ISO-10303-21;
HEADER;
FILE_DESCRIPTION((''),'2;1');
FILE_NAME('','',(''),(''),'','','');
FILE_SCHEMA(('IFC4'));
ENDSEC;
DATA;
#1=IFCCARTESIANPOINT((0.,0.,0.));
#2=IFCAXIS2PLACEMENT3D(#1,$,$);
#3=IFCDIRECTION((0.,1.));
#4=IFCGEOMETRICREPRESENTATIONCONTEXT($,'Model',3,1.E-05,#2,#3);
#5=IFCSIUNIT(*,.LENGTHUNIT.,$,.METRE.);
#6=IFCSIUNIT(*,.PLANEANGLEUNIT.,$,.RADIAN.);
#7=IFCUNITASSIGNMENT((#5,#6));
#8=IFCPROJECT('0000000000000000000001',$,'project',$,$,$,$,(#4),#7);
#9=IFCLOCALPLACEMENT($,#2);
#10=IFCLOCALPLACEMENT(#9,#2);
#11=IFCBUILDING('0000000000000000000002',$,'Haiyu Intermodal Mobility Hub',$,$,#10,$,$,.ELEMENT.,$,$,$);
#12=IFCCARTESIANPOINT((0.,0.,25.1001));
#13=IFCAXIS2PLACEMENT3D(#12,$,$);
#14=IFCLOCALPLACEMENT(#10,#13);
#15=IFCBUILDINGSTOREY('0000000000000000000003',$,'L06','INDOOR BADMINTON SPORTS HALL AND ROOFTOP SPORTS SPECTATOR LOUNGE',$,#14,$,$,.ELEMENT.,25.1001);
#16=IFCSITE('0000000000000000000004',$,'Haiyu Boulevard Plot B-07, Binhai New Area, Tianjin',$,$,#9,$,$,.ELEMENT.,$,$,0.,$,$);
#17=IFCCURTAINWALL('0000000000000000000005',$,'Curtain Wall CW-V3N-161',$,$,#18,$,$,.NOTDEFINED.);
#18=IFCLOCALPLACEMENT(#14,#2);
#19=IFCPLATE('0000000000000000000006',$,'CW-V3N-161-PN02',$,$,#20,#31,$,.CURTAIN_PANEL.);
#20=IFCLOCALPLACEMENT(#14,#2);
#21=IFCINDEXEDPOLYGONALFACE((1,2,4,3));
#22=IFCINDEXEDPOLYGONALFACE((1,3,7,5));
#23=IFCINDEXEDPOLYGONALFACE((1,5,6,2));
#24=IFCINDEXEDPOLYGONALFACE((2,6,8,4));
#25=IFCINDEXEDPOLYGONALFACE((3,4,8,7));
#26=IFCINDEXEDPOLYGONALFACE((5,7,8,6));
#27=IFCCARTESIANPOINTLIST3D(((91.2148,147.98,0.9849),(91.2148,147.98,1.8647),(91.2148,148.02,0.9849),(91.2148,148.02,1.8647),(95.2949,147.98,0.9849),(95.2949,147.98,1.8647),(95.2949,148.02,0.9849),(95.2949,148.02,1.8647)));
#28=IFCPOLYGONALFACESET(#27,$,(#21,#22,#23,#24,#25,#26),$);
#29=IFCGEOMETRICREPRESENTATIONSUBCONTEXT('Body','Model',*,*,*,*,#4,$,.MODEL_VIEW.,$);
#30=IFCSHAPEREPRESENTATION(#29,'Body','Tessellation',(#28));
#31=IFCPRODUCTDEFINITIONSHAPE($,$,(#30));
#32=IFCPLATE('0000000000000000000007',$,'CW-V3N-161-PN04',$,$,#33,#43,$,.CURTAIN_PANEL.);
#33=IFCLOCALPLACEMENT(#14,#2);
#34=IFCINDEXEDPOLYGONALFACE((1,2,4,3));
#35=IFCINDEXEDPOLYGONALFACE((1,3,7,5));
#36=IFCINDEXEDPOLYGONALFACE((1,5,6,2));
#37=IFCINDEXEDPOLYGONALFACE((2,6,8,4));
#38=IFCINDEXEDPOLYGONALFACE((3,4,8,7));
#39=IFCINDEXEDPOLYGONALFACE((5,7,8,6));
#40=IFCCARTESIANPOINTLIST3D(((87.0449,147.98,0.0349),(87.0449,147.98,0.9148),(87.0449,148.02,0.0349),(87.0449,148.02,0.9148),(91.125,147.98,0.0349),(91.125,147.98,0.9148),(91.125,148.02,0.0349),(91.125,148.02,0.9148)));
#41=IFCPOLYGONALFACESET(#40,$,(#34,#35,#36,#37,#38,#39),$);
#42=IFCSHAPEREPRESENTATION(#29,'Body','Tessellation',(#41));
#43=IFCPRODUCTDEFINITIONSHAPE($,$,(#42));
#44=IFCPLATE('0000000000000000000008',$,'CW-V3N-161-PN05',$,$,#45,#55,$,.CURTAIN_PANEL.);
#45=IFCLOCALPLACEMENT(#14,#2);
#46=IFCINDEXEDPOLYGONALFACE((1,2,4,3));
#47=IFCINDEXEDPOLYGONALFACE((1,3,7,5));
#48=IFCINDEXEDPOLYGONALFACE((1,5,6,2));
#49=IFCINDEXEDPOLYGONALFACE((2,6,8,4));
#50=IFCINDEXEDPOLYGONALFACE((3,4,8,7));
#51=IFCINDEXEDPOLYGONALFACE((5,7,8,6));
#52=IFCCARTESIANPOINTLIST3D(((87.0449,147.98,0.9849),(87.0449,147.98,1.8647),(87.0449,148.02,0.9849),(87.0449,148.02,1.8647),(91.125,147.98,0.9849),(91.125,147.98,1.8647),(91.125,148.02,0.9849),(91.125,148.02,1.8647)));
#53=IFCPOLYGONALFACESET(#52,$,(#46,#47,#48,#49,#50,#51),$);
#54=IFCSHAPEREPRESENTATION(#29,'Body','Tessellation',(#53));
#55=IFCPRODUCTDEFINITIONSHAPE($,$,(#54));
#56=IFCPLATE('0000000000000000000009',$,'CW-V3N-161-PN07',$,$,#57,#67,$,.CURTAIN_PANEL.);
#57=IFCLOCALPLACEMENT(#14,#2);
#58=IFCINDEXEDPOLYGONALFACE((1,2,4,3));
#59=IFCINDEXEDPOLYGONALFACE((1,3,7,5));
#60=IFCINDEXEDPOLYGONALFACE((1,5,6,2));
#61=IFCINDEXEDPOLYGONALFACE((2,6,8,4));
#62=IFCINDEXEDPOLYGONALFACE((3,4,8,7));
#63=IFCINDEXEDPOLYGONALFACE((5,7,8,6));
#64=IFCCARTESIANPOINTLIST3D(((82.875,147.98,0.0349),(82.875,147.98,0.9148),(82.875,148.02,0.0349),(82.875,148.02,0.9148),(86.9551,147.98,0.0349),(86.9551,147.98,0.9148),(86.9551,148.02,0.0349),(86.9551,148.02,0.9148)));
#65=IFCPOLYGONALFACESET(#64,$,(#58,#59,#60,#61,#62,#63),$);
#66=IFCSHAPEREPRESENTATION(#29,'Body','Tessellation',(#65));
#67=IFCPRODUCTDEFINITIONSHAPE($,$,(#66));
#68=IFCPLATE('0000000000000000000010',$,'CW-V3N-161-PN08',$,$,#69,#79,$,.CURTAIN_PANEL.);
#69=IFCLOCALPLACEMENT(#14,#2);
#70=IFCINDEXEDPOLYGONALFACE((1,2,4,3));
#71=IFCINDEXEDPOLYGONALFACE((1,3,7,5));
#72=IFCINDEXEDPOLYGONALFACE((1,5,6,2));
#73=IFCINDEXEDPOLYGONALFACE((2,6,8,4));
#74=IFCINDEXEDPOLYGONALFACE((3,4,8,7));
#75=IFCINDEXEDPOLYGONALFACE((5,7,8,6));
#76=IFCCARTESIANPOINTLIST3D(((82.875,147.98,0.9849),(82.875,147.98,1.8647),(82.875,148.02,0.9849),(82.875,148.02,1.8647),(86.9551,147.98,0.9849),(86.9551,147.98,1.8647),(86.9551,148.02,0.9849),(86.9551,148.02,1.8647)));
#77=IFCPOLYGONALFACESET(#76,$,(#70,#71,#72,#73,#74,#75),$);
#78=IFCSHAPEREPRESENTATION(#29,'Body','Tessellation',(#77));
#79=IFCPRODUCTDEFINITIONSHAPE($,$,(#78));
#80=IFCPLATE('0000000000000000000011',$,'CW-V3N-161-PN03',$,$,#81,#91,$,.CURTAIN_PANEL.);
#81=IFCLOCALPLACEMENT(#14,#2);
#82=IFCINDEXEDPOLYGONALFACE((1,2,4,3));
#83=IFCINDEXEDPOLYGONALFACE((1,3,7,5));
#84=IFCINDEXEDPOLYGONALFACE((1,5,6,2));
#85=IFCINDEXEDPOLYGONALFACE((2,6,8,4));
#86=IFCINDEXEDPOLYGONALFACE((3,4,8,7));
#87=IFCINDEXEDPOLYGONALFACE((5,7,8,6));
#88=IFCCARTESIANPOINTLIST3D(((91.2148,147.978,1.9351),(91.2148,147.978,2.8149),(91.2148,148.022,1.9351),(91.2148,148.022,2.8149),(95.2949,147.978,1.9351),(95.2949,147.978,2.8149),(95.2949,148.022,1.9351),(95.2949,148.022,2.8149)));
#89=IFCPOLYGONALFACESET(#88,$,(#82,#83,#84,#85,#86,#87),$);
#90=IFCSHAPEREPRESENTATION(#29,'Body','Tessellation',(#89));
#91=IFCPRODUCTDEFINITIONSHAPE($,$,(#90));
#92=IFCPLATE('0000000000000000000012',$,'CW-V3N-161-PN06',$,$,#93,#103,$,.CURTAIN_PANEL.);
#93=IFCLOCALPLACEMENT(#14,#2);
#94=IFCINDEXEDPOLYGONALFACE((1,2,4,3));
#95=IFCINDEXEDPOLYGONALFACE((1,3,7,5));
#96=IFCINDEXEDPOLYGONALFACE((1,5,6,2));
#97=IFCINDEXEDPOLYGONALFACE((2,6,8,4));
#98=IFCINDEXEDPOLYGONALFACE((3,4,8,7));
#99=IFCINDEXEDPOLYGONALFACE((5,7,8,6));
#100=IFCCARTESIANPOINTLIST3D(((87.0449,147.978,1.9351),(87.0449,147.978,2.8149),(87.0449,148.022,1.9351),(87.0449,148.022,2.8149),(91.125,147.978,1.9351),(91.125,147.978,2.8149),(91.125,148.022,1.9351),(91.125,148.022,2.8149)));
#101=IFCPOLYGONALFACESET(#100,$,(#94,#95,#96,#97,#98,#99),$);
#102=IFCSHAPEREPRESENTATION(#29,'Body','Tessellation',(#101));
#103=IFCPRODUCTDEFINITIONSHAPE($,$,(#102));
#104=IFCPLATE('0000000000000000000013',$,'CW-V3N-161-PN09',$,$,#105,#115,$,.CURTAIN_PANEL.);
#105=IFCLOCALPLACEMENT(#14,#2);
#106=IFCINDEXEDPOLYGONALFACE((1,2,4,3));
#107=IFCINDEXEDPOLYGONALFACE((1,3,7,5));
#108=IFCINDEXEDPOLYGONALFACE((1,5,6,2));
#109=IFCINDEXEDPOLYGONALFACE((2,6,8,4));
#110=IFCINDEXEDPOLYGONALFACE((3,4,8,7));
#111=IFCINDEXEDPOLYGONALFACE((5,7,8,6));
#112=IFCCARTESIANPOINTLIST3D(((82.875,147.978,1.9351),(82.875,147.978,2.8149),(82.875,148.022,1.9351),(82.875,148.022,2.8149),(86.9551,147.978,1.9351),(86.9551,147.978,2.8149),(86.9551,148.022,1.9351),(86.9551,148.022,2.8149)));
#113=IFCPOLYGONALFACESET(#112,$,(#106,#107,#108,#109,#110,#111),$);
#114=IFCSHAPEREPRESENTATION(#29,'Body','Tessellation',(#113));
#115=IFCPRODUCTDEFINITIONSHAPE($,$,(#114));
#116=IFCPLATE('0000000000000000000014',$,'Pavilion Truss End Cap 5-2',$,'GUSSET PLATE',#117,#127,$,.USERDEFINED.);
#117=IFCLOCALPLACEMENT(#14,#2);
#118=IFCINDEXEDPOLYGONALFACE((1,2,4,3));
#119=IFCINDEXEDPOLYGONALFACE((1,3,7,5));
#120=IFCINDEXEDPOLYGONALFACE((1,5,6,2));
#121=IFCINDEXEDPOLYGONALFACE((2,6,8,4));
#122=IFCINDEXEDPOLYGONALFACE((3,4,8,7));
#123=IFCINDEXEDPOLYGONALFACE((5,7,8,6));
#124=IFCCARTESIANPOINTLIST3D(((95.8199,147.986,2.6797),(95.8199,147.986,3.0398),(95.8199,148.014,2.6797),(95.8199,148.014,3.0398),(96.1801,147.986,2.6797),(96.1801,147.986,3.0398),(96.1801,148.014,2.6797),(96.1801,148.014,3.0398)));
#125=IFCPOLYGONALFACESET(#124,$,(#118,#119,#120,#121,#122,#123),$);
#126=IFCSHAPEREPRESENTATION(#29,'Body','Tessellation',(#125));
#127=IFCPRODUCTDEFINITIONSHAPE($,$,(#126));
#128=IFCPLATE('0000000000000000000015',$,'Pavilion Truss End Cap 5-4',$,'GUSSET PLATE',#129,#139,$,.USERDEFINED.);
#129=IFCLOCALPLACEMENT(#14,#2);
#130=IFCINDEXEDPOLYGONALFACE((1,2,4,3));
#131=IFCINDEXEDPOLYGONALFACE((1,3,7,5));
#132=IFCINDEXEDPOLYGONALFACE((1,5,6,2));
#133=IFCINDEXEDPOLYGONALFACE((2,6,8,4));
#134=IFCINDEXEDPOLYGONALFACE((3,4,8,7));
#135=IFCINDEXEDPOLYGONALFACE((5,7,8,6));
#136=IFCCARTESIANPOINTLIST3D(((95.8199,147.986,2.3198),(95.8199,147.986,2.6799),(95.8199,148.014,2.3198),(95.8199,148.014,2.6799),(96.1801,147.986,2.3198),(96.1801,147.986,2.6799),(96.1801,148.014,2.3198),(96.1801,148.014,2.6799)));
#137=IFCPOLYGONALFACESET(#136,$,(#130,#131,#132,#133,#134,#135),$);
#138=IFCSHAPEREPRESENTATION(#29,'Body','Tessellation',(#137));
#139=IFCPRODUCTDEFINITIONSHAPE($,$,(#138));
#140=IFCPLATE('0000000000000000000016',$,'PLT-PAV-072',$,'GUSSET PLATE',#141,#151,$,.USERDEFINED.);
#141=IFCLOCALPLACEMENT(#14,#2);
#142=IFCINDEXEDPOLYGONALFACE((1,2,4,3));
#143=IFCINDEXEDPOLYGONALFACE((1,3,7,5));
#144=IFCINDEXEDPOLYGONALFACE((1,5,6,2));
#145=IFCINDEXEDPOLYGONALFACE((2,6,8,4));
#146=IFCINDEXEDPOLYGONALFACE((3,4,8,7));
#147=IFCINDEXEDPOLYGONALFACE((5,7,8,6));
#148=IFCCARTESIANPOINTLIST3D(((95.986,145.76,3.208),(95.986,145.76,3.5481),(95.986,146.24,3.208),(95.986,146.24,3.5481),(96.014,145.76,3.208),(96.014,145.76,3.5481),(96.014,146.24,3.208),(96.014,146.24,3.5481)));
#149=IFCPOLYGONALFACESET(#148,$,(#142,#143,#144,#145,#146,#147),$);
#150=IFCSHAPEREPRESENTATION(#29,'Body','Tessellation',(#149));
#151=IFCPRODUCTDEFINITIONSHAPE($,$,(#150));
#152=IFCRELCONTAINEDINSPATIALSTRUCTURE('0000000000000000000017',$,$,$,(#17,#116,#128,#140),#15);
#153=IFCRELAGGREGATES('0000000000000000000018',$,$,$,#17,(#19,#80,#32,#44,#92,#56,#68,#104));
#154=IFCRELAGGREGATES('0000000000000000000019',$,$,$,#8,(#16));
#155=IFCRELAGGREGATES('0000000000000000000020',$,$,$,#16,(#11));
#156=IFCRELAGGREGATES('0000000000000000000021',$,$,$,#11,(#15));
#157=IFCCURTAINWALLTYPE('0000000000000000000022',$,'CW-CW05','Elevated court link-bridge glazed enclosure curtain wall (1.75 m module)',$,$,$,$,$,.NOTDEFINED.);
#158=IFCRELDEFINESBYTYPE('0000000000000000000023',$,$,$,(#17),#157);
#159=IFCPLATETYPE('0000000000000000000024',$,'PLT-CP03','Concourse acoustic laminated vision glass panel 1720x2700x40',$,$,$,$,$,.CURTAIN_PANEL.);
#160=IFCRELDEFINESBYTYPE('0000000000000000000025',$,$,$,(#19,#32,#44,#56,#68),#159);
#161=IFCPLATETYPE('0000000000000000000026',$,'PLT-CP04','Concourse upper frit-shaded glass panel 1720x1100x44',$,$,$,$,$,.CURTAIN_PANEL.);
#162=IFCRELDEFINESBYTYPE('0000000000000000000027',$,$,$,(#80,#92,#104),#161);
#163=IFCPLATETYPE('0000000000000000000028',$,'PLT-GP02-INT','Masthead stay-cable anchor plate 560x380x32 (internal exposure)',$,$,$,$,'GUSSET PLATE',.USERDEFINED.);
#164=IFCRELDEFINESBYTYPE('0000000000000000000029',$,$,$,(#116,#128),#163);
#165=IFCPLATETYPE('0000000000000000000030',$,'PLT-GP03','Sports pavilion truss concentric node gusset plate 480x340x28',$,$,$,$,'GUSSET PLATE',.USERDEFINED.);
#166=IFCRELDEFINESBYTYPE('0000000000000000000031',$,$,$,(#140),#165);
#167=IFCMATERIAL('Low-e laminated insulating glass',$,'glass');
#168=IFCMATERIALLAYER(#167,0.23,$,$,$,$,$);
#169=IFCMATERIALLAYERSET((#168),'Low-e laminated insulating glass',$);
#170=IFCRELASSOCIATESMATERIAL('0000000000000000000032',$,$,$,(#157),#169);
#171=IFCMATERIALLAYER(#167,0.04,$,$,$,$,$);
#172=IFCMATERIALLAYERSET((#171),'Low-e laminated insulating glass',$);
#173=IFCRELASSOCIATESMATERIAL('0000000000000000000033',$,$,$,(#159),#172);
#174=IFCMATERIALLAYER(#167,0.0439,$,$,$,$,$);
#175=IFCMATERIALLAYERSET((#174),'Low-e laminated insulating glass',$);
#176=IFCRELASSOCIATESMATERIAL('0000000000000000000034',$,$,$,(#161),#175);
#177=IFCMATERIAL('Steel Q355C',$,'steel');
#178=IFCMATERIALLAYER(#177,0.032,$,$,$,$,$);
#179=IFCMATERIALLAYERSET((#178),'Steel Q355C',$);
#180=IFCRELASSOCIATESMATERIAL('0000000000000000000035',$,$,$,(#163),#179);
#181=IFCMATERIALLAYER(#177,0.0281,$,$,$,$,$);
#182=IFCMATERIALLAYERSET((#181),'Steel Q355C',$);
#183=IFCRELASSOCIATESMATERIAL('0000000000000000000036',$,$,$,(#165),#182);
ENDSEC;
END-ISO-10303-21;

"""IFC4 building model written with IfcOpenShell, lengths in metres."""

from ifc_helpers import new_model, si_unit, direction, frame, origin, origin_2d, place, context, subcontext, project, spatial, rectangle, extrude, material, layer, layer_set, type_object, element, aggregate, save


model = new_model("IFC4")

# Units and contexts
model_context = context("Model", 3, precision=1e-05, world=origin(), true_north=direction((0.0, 1.0)))
body_context = subcontext(model_context, "Body", "Model", "MODEL_VIEW")
ifc_project = project(units=[si_unit("LENGTHUNIT", "METRE"), si_unit("PLANEANGLEUNIT", "RADIAN")], contexts=[model_context])

# Site, building, storey
site_placement = place(None, origin())
site = spatial("IfcSite", under=ifc_project, at=site_placement, Name="Haiyu Boulevard Plot B-07, Binhai New Area, Tianjin", CompositionType="ELEMENT", RefElevation=0.0)
building_placement = place(site_placement, origin())
building = spatial("IfcBuilding", under=site, at=building_placement, Name="Haiyu Intermodal Mobility Hub", CompositionType="ELEMENT")
storey_placement = place(building_placement, frame((0.0, 0.0, 25.1001)))
storey = spatial("IfcBuildingStorey", under=building, at=storey_placement, Name="L06", Description="INDOOR BADMINTON SPORTS HALL AND ROOFTOP SPORTS SPECTATOR LOUNGE", CompositionType="ELEMENT", Elevation=25.1001)

# Shared definitions
ifc_material_1 = material(Name="Steel Q355C", Category="steel")

# Curtain wall
ifc_material_2 = material(Name="Low-e laminated insulating glass", Category="glass")
ifc_layer_1 = layer(ifc_material_2, 0.23)
ifc_layer_set_1 = layer_set([ifc_layer_1], Name="Low-e laminated insulating glass")
curtain_wall_type = type_object("IfcCurtainWallType", Name="CW-CW05", Description="Elevated court link-bridge glazed enclosure curtain wall (1.75 m module)", PredefinedType="NOTDEFINED", material=ifc_layer_set_1)
curtain_wall_1_placement = place(storey_placement, origin())
curtain_wall_1 = element("IfcCurtainWall", 1, at=curtain_wall_1_placement, inside=storey, type_object=curtain_wall_type, Name="Curtain Wall CW-V3N-161", PredefinedType="NOTDEFINED")

# Plates
ifc_layer_2 = layer(ifc_material_2, 0.04)
ifc_layer_set_2 = layer_set([ifc_layer_2], Name="Low-e laminated insulating glass")
plate_type_1 = type_object("IfcPlateType", Name="PLT-CP03", Description="Concourse acoustic laminated vision glass panel 1720x2700x40", PredefinedType="CURTAIN_PANEL", material=ifc_layer_set_2)
plate_1_placement = place(storey_placement, frame((93.2549, 148.0, 0.9849), z_axis=(0.0, 0.0, 1.0), x_axis=(-1.0, 0.0, 0.0)))
plate_1 = element("IfcPlate", 2, at=plate_1_placement, type_object=plate_type_1, Name="CW-V3N-161-PN02", PredefinedType="CURTAIN_PANEL", context=body_context, shape_type="SweptSolid", body=[
    extrude(rectangle(XDim=4.0801, YDim=0.04, at=origin_2d()), origin(), (0.0, 0.0, 1.0), 0.8799),
])
plate_2_placement = place(storey_placement, frame((89.085, 148.0, 0.0349), z_axis=(0.0, 0.0, 1.0), x_axis=(-1.0, 0.0, 0.0)))
plate_2 = element("IfcPlate", 3, at=plate_2_placement, type_object=plate_type_1, Name="CW-V3N-161-PN04", PredefinedType="CURTAIN_PANEL", context=body_context, shape_type="SweptSolid", body=[
    extrude(rectangle(XDim=4.0801, YDim=0.04, at=origin_2d()), origin(), (0.0, 0.0, 1.0), 0.8799),
])
plate_3_placement = place(storey_placement, frame((89.085, 148.0, 0.9849), z_axis=(0.0, 0.0, 1.0), x_axis=(-1.0, 0.0, 0.0)))
plate_3 = element("IfcPlate", 4, at=plate_3_placement, type_object=plate_type_1, Name="CW-V3N-161-PN05", PredefinedType="CURTAIN_PANEL", context=body_context, shape_type="SweptSolid", body=[
    extrude(rectangle(XDim=4.0801, YDim=0.04, at=origin_2d()), origin(), (0.0, 0.0, 1.0), 0.8799),
])
plate_4_placement = place(storey_placement, frame((84.915, 148.0, 0.0349), z_axis=(0.0, 0.0, 1.0), x_axis=(-1.0, 0.0, 0.0)))
plate_4 = element("IfcPlate", 5, at=plate_4_placement, type_object=plate_type_1, Name="CW-V3N-161-PN07", PredefinedType="CURTAIN_PANEL", context=body_context, shape_type="SweptSolid", body=[
    extrude(rectangle(XDim=4.0801, YDim=0.04, at=origin_2d()), origin(), (0.0, 0.0, 1.0), 0.8799),
])
plate_5_placement = place(storey_placement, frame((84.915, 148.0, 0.9849), z_axis=(0.0, 0.0, 1.0), x_axis=(-1.0, 0.0, 0.0)))
plate_5 = element("IfcPlate", 6, at=plate_5_placement, type_object=plate_type_1, Name="CW-V3N-161-PN08", PredefinedType="CURTAIN_PANEL", context=body_context, shape_type="SweptSolid", body=[
    extrude(rectangle(XDim=4.0801, YDim=0.04, at=origin_2d()), origin(), (0.0, 0.0, 1.0), 0.8799),
])
ifc_layer_3 = layer(ifc_material_2, 0.0439)
ifc_layer_set_3 = layer_set([ifc_layer_3], Name="Low-e laminated insulating glass")
plate_type_2 = type_object("IfcPlateType", Name="PLT-CP04", Description="Concourse upper frit-shaded glass panel 1720x1100x44", PredefinedType="CURTAIN_PANEL", material=ifc_layer_set_3)
plate_6_placement = place(storey_placement, frame((93.2549, 148.0, 1.9351), z_axis=(0.0, 0.0, 1.0), x_axis=(-1.0, 0.0, 0.0)))
plate_6 = element("IfcPlate", 7, at=plate_6_placement, type_object=plate_type_2, Name="CW-V3N-161-PN03", PredefinedType="CURTAIN_PANEL", context=body_context, shape_type="SweptSolid", body=[
    extrude(rectangle(XDim=4.0801, YDim=0.0439, at=origin_2d()), origin(), (0.0, 0.0, 1.0), 0.8799),
])
plate_7_placement = place(storey_placement, frame((89.085, 148.0, 1.9351), z_axis=(0.0, 0.0, 1.0), x_axis=(-1.0, 0.0, 0.0)))
plate_7 = element("IfcPlate", 8, at=plate_7_placement, type_object=plate_type_2, Name="CW-V3N-161-PN06", PredefinedType="CURTAIN_PANEL", context=body_context, shape_type="SweptSolid", body=[
    extrude(rectangle(XDim=4.0801, YDim=0.0439, at=origin_2d()), origin(), (0.0, 0.0, 1.0), 0.8799),
])
plate_8_placement = place(storey_placement, frame((84.915, 148.0, 1.9351), z_axis=(0.0, 0.0, 1.0), x_axis=(-1.0, 0.0, 0.0)))
plate_8 = element("IfcPlate", 9, at=plate_8_placement, type_object=plate_type_2, Name="CW-V3N-161-PN09", PredefinedType="CURTAIN_PANEL", context=body_context, shape_type="SweptSolid", body=[
    extrude(rectangle(XDim=4.0801, YDim=0.0439, at=origin_2d()), origin(), (0.0, 0.0, 1.0), 0.8799),
])
aggregate(curtain_wall_1, [plate_1, plate_6, plate_2, plate_3, plate_7, plate_4, plate_5, plate_8])

# Plates
ifc_layer_4 = layer(ifc_material_1, 0.032)
ifc_layer_set_4 = layer_set([ifc_layer_4], Name="Steel Q355C")
plate_type_3 = type_object("IfcPlateType", Name="PLT-GP02-INT", Description="Masthead stay-cable anchor plate 560x380x32 (internal exposure)", ElementType="GUSSET PLATE", PredefinedType="USERDEFINED", material=ifc_layer_set_4)
for number, where, z_axis, x_axis, name in (
    (10, (96.0, 148.0, 2.6797), (0.0, 0.0, 1.0), (1.0, 0.0, 0.0), "Pavilion Truss End Cap 5-2"),
    (11, (96.0, 148.0, 2.3198), (0.0, 0.0, 1.0), (1.0, 0.0, 0.0), "Pavilion Truss End Cap 5-4"),
):
    element("IfcPlate", number, at=place(storey_placement, frame(where, z_axis=z_axis, x_axis=x_axis)), inside=storey, type_object=plate_type_3, Name=name, ObjectType="GUSSET PLATE", PredefinedType="USERDEFINED", context=body_context, shape_type="SweptSolid", body=[
        extrude(rectangle(XDim=0.3601, YDim=0.0281, at=origin_2d()), origin(), (0.0, 0.0, 1.0), 0.3601),
    ])
ifc_layer_5 = layer(ifc_material_1, 0.0281)
ifc_layer_set_5 = layer_set([ifc_layer_5], Name="Steel Q355C")
plate_type_4 = type_object("IfcPlateType", Name="PLT-GP03", Description="Sports pavilion truss concentric node gusset plate 480x340x28", ElementType="GUSSET PLATE", PredefinedType="USERDEFINED", material=ifc_layer_set_5)
plate_9_placement = place(storey_placement, frame((96.0, 146.0, 3.208), z_axis=(0.0, 0.0, 1.0), x_axis=(1.0, 0.0, 0.0)))
element("IfcPlate", 12, at=plate_9_placement, inside=storey, type_object=plate_type_4, Name="PLT-PAV-072", ObjectType="GUSSET PLATE", PredefinedType="USERDEFINED", context=body_context, shape_type="SweptSolid", body=[
    extrude(rectangle(XDim=0.0281, YDim=0.48, at=origin_2d()), origin(), (0.0, 0.0, 1.0), 0.3401),
])

save(model, "model.ifc")
